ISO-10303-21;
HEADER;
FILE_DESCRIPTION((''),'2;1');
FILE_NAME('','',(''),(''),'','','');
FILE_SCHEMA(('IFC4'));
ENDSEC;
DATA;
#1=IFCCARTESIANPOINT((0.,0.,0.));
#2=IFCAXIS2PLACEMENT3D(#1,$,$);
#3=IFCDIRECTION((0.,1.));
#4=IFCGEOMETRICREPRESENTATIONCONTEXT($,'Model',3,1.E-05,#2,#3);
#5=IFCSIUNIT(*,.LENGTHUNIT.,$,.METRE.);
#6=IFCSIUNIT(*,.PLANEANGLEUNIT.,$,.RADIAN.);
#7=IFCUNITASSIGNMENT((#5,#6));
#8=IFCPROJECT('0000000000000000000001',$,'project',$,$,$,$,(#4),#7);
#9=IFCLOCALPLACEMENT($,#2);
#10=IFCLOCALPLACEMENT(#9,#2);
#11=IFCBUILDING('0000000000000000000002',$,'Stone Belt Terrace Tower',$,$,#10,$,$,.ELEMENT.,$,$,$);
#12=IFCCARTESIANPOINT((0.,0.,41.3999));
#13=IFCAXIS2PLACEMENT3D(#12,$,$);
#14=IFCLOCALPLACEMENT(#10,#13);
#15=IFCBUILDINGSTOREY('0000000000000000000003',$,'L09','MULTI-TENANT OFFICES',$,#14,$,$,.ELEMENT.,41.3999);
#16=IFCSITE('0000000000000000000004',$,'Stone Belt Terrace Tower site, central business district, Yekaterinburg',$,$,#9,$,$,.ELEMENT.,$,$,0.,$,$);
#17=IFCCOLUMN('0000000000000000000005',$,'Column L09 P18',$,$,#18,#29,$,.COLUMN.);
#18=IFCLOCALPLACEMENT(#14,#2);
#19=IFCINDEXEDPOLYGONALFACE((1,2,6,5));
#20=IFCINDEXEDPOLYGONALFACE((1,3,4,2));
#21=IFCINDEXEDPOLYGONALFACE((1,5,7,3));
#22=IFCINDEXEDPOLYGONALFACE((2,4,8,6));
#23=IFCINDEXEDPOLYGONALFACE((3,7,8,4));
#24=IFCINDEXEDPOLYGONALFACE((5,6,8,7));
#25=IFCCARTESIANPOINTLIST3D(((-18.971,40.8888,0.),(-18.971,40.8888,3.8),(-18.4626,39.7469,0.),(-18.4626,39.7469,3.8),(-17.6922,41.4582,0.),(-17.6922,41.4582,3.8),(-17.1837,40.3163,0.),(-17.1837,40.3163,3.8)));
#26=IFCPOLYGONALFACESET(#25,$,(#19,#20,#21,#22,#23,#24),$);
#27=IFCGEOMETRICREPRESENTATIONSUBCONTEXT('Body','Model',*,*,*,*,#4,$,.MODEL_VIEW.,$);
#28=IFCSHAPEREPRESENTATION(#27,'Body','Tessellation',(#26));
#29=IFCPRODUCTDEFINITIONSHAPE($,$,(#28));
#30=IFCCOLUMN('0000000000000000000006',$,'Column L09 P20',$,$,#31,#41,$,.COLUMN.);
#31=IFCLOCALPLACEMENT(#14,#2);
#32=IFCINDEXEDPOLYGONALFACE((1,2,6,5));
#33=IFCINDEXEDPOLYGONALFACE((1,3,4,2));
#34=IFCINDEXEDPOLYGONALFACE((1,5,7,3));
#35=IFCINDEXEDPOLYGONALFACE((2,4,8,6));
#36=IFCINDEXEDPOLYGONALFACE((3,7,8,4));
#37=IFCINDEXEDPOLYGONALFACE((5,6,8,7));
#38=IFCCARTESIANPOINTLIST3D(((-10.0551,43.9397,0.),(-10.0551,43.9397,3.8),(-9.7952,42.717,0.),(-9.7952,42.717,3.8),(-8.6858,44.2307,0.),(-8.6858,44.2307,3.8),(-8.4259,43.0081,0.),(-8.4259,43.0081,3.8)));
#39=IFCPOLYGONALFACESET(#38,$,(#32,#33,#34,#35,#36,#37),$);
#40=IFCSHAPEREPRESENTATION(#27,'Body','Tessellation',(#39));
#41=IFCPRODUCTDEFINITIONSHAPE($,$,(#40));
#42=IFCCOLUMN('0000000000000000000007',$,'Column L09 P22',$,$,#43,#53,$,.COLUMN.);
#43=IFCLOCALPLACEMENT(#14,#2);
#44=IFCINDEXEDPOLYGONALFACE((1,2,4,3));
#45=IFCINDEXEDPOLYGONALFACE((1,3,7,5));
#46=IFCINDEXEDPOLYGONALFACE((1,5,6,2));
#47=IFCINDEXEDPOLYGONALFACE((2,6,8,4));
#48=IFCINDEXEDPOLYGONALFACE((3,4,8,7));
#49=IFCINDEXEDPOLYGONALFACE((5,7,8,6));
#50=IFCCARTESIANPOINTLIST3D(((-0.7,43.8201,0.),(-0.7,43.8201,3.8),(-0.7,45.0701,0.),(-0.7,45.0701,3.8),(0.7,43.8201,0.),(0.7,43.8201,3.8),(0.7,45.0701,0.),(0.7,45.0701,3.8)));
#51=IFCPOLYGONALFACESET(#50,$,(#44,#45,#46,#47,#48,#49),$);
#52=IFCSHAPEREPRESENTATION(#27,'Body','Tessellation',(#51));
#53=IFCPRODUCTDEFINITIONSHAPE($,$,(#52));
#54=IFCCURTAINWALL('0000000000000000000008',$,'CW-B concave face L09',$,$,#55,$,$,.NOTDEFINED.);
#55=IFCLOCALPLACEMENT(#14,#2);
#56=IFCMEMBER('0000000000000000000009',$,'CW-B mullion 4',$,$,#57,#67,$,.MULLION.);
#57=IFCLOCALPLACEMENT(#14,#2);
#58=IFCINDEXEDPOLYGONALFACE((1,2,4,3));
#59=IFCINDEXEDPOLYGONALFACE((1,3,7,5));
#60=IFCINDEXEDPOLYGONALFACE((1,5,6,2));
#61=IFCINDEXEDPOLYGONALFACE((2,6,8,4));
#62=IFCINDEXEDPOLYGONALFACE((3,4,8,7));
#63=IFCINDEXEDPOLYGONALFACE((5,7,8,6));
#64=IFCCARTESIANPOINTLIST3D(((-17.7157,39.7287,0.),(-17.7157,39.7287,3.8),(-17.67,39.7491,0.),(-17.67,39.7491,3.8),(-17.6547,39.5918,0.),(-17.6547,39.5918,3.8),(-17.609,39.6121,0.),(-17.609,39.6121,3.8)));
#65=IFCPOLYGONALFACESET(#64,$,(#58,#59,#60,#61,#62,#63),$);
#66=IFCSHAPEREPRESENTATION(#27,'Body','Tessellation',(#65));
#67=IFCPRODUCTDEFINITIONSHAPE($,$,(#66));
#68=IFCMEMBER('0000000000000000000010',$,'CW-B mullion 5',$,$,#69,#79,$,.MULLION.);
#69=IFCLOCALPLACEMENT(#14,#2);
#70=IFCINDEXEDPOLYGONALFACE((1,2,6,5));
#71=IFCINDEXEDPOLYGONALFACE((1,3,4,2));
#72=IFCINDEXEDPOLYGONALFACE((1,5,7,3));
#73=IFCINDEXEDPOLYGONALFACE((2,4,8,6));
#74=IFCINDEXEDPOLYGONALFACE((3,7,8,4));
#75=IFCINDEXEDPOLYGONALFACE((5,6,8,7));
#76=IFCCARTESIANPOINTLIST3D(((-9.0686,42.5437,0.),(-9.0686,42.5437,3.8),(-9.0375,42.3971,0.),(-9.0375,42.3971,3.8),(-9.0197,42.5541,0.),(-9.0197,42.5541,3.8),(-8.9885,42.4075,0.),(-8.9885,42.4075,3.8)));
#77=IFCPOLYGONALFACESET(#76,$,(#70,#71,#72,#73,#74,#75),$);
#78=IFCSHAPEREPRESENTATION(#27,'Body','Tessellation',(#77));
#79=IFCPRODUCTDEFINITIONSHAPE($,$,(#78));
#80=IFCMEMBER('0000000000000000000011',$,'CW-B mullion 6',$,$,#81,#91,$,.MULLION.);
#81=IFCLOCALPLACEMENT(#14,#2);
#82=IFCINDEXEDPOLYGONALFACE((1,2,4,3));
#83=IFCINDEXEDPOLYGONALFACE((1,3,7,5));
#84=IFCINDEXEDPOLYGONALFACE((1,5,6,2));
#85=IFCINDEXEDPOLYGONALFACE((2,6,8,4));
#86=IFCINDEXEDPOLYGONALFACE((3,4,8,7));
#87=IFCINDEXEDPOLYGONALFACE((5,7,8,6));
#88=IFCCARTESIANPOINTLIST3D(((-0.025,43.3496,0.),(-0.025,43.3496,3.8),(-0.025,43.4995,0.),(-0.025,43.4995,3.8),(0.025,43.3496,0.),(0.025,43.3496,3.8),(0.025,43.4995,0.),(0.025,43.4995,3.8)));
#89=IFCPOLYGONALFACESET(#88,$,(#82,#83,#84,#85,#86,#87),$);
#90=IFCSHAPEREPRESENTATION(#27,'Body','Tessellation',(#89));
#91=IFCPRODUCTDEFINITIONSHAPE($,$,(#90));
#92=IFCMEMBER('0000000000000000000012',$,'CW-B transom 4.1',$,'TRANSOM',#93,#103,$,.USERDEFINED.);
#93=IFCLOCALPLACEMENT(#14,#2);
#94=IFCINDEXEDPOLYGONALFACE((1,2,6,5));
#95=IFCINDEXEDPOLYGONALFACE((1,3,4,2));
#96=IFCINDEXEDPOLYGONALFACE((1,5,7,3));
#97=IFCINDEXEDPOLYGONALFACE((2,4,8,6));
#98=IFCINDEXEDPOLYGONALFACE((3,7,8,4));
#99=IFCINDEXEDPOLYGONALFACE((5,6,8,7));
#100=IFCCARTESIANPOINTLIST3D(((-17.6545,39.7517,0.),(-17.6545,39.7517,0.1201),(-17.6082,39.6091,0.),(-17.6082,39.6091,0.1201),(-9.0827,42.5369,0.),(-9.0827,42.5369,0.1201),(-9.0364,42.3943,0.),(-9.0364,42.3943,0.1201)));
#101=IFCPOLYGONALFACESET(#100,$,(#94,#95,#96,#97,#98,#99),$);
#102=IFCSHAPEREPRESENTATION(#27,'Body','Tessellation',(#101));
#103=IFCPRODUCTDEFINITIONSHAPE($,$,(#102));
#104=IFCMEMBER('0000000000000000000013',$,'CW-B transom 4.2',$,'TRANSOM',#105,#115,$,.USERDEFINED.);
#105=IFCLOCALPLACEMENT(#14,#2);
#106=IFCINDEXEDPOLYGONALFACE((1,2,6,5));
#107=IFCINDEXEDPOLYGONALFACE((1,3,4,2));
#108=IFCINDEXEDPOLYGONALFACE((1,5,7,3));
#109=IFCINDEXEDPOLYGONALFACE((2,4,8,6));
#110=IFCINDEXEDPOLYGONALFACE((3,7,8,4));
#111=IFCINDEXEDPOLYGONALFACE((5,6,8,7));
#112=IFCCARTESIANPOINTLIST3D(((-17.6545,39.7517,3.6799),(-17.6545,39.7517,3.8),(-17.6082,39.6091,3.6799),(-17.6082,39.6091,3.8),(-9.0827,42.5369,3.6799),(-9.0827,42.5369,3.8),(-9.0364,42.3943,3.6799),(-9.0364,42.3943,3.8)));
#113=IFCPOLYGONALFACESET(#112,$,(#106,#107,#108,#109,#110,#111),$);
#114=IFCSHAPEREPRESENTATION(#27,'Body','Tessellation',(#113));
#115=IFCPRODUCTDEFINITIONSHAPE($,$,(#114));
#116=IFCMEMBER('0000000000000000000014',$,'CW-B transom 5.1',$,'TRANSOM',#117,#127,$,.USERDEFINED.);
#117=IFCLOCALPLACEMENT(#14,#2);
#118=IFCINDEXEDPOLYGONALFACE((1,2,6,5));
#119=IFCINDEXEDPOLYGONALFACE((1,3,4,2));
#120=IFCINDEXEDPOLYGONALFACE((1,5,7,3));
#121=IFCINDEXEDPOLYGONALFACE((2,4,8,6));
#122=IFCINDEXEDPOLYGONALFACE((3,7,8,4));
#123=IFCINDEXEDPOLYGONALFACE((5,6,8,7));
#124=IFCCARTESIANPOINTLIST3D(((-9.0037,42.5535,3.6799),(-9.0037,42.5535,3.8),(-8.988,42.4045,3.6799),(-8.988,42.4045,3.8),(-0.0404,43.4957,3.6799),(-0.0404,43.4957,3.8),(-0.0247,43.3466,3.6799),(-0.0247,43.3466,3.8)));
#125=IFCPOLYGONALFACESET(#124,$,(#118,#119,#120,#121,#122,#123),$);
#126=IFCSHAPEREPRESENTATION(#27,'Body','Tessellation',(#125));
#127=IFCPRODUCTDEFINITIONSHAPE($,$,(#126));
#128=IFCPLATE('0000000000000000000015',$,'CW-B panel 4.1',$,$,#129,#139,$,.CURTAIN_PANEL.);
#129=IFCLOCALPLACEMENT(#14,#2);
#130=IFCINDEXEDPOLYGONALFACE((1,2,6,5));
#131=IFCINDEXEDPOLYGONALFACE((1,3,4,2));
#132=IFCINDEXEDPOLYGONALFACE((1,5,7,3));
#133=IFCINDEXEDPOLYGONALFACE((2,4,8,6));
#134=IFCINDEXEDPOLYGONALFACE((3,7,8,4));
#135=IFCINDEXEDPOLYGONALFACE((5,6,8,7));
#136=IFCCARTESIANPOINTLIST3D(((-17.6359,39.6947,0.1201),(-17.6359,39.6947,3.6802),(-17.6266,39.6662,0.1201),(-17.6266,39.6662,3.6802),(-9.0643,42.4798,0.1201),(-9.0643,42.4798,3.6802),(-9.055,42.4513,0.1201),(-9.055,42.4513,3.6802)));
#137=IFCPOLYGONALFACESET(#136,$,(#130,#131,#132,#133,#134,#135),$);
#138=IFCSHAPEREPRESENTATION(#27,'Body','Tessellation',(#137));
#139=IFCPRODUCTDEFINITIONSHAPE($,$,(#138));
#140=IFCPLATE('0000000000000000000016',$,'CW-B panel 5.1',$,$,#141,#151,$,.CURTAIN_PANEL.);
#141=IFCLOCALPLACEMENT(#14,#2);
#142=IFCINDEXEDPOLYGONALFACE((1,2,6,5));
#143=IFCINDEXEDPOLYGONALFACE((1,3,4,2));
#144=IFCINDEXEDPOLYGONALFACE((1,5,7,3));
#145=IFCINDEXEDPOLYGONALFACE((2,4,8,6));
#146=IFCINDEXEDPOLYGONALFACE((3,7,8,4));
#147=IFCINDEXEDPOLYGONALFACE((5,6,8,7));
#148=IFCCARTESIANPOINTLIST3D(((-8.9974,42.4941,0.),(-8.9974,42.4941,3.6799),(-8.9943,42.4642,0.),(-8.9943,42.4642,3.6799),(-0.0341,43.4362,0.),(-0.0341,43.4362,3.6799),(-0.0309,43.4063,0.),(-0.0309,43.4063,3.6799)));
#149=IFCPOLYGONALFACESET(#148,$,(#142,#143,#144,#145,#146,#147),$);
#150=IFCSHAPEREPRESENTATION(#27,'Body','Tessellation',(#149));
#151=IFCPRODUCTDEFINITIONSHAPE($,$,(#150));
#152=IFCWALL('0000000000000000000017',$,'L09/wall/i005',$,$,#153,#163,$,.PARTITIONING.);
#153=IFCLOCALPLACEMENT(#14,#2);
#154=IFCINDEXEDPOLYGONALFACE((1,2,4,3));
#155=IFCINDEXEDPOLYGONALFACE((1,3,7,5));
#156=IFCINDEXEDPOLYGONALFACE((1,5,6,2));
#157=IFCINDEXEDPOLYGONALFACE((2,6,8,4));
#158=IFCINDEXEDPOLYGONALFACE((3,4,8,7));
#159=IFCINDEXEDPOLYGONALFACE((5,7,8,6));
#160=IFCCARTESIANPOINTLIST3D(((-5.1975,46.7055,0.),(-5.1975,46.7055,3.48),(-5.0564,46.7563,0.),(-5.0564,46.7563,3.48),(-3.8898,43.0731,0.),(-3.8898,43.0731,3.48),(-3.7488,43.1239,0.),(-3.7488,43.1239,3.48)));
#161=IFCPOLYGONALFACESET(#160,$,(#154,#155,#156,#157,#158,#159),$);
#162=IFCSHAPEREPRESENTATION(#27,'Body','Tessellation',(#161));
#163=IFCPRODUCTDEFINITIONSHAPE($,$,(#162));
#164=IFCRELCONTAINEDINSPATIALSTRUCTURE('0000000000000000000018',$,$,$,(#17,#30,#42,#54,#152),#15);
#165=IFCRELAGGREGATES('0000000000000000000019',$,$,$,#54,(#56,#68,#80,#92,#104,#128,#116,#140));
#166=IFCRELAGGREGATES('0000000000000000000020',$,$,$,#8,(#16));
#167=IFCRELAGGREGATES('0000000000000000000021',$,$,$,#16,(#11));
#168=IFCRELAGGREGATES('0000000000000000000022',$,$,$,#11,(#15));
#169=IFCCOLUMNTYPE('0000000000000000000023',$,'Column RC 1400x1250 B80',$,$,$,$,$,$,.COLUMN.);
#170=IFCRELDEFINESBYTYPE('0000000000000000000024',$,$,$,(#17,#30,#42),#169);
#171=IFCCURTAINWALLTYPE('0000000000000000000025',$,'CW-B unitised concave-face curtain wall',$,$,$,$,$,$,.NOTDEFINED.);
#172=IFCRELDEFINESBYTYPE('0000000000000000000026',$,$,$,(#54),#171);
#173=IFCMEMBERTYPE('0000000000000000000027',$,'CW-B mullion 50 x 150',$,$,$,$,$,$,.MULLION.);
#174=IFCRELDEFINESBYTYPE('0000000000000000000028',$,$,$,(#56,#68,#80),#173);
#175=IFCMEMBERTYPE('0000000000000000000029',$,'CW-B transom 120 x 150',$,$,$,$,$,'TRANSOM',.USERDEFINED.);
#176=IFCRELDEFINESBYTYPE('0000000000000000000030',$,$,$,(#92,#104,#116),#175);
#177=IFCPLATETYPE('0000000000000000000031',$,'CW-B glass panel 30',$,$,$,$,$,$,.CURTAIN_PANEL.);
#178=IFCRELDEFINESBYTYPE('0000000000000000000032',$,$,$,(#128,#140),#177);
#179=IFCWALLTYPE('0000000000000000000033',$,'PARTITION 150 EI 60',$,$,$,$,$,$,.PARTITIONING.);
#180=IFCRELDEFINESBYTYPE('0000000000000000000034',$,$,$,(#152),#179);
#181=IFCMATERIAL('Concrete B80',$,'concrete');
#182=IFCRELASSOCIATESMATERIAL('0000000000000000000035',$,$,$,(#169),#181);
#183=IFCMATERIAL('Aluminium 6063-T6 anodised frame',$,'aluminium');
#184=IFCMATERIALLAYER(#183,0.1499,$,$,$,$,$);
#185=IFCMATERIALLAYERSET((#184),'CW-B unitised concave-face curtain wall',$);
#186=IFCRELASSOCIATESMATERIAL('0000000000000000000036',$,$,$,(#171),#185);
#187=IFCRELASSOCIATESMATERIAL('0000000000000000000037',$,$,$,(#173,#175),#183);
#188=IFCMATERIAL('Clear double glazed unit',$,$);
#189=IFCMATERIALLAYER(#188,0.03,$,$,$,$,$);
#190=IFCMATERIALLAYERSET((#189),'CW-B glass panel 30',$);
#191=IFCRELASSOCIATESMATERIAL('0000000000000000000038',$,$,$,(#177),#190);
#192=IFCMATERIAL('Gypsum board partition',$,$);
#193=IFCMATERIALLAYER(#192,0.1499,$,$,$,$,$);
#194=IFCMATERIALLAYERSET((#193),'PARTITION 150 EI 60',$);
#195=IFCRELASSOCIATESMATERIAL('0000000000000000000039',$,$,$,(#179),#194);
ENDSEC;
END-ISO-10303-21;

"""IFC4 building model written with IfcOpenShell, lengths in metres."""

from ifc_helpers import new_model, si_unit, direction, frame, frame_2d, origin, origin_2d, place, context, subcontext, project, spatial, rectangle, extrude, material, layer, layer_set, material_profile, profile_set, type_object, element, aggregate, save


model = new_model("IFC4")

# Units and contexts
model_context = context("Model", 3, precision=1e-05, world=origin(), true_north=direction((0.0, 1.0)))
body_context = subcontext(model_context, "Body", "Model", "MODEL_VIEW")
ifc_project = project(units=[si_unit("LENGTHUNIT", "METRE"), si_unit("PLANEANGLEUNIT", "RADIAN")], contexts=[model_context])

# Site, building, storey
site_placement = place(None, origin())
site = spatial("IfcSite", under=ifc_project, at=site_placement, Name="Stone Belt Terrace Tower site, central business district, Yekaterinburg", CompositionType="ELEMENT", RefElevation=0.0)
building_placement = place(site_placement, origin())
building = spatial("IfcBuilding", under=site, at=building_placement, Name="Stone Belt Terrace Tower", CompositionType="ELEMENT")
storey_placement = place(building_placement, frame((0.0, 0.0, 41.3999)))
storey = spatial("IfcBuildingStorey", under=building, at=storey_placement, Name="L09", Description="MULTI-TENANT OFFICES", CompositionType="ELEMENT", Elevation=41.3999)

# Columns
ifc_material_1 = material(Name="Concrete B80", Category="concrete")
ifc_material_profile_1 = material_profile(ifc_material_1, rectangle(XDim=1.3999, YDim=1.25, at=origin_2d()), Name="RC 1400x1250")
ifc_profile_set_1 = profile_set([ifc_material_profile_1], Name="Concrete B80")
column_type = type_object("IfcColumnType", Name="Column RC 1400x1250 B80", PredefinedType="COLUMN", material=ifc_profile_set_1)
for number, where, z_axis, x_axis, name in (
    (1, (-18.0774, 40.6025, 0.0), (0.0, 0.0, 1.0), (0.913545, 0.406737, 0.0), "Column L09 P18"),
    (2, (-9.2405, 43.4739, 0.0), (0.0, 0.0, 1.0), (0.978148, 0.207912, 0.0), "Column L09 P20"),
    (3, (0.0, 44.4451, 0.0), (0.0, 0.0, 1.0), (1.0, 0.0, 0.0), "Column L09 P22"),
):
    element("IfcColumn", number, at=place(storey_placement, frame(where, z_axis=z_axis, x_axis=x_axis)), inside=storey, type_object=column_type, Name=name, PredefinedType="COLUMN", context=body_context, shape_type="SweptSolid", body=[
        extrude(rectangle(XDim=1.3999, YDim=1.25, at=origin_2d()), origin(), (0.0, 0.0, 1.0), 3.8),
    ])

# Curtain wall, members, plates
ifc_material_2 = material(Name="Aluminium 6063-T6 anodised frame", Category="aluminium")
ifc_layer_1 = layer(ifc_material_2, 0.1499)
ifc_layer_set_1 = layer_set([ifc_layer_1], Name="CW-B unitised concave-face curtain wall")
curtain_wall_type = type_object("IfcCurtainWallType", Name="CW-B unitised concave-face curtain wall", PredefinedType="NOTDEFINED", material=ifc_layer_set_1)
curtain_wall_placement = place(storey_placement, origin())
curtain_wall = element("IfcCurtainWall", 4, at=curtain_wall_placement, inside=storey, type_object=curtain_wall_type, Name="CW-B concave face L09", PredefinedType="NOTDEFINED")
ifc_material_profile_2 = material_profile(ifc_material_2, rectangle(XDim=0.1499, YDim=0.05, at=origin_2d()), Name="Aluminium 6063-T6 50x150")
ifc_profile_set_2 = profile_set([ifc_material_profile_2], Name="Aluminium 6063-T6 anodised frame")
member_type_1 = type_object("IfcMemberType", Name="CW-B mullion 50 x 150", PredefinedType="MULLION", material=ifc_profile_set_2)
member_1_placement = place(storey_placement, frame((-17.6624, 39.6704, 0.0), z_axis=(0.0, 0.0, 1.0), x_axis=(-0.406737, 0.913545, 0.0)))
member_1 = element("IfcMember", 5, at=member_1_placement, type_object=member_type_1, Name="CW-B mullion 4", PredefinedType="MULLION", context=body_context, shape_type="SweptSolid", body=[
    extrude(rectangle(XDim=0.1499, YDim=0.05, at=origin_2d()), origin(), (0.0, 0.0, 1.0), 3.8),
])
member_2_placement = place(storey_placement, frame((-9.0286, 42.4756, 0.0), z_axis=(0.0, 0.0, 1.0), x_axis=(-0.207912, 0.978148, 0.0)))
member_2 = element("IfcMember", 6, at=member_2_placement, type_object=member_type_1, Name="CW-B mullion 5", PredefinedType="MULLION", context=body_context, shape_type="SweptSolid", body=[
    extrude(rectangle(XDim=0.1499, YDim=0.05, at=origin_2d()), origin(), (0.0, 0.0, 1.0), 3.8),
])
member_3_placement = place(storey_placement, frame((0.0, 43.4246, 0.0), z_axis=(0.0, 0.0, 1.0), x_axis=(0.0, 1.0, 0.0)))
member_3 = element("IfcMember", 7, at=member_3_placement, type_object=member_type_1, Name="CW-B mullion 6", PredefinedType="MULLION", context=body_context, shape_type="SweptSolid", body=[
    extrude(rectangle(XDim=0.1499, YDim=0.05, at=origin_2d()), origin(), (0.0, 0.0, 1.0), 3.8),
])
ifc_material_profile_3 = material_profile(ifc_material_2, rectangle(XDim=0.1499, YDim=0.1201, at=origin_2d()), Name="Aluminium 6063-T6 150x120")
ifc_profile_set_3 = profile_set([ifc_material_profile_3], Name="Aluminium 6063-T6 anodised frame")
member_type_2 = type_object("IfcMemberType", Name="CW-B transom 120 x 150", ElementType="TRANSOM", PredefinedType="USERDEFINED", material=ifc_profile_set_3)
member_4_placement = place(storey_placement, frame((-17.6313, 39.6804, 0.0601), z_axis=(0.951056, 0.309019, 0.0), x_axis=(-0.309019, 0.951056, 0.0)))
member_4 = element("IfcMember", 8, at=member_4_placement, type_object=member_type_2, Name="CW-B transom 4.1", ObjectType="TRANSOM", PredefinedType="USERDEFINED", context=body_context, shape_type="SweptSolid", body=[
    extrude(rectangle(XDim=0.1499, YDim=0.1201, at=origin_2d()), origin(), (0.0, 0.0, 1.0), 9.0129),
])
member_5_placement = place(storey_placement, frame((-17.6313, 39.6804, 3.74), z_axis=(0.951056, 0.309019, 0.0), x_axis=(-0.309019, 0.951056, 0.0)))
member_5 = element("IfcMember", 9, at=member_5_placement, type_object=member_type_2, Name="CW-B transom 4.2", ObjectType="TRANSOM", PredefinedType="USERDEFINED", context=body_context, shape_type="SweptSolid", body=[
    extrude(rectangle(XDim=0.1499, YDim=0.1201, at=origin_2d()), origin(), (0.0, 0.0, 1.0), 9.0129),
])
member_6_placement = place(storey_placement, frame((-8.9958, 42.479, 3.74), z_axis=(0.994521, 0.104534, 0.0), x_axis=(-0.104534, 0.994521, 0.0)))
member_6 = element("IfcMember", 10, at=member_6_placement, type_object=member_type_2, Name="CW-B transom 5.1", ObjectType="TRANSOM", PredefinedType="USERDEFINED", context=body_context, shape_type="SweptSolid", body=[
    extrude(rectangle(XDim=0.1499, YDim=0.1201, at=origin_2d()), origin(), (0.0, 0.0, 1.0), 9.0127),
])
ifc_material_3 = material(Name="Clear double glazed unit")
ifc_layer_2 = layer(ifc_material_3, 0.03)
ifc_layer_set_2 = layer_set([ifc_layer_2], Name="CW-B glass panel 30")
plate_type = type_object("IfcPlateType", Name="CW-B glass panel 30", PredefinedType="CURTAIN_PANEL", material=ifc_layer_set_2)
plate_1_placement = place(storey_placement, frame((-13.3455, 41.073, 0.1201), z_axis=(0.0, 0.0, 1.0), x_axis=(0.951057, 0.309017, 0.0)))
plate_1 = element("IfcPlate", 11, at=plate_1_placement, type_object=plate_type, Name="CW-B panel 4.1", PredefinedType="CURTAIN_PANEL", context=body_context, shape_type="SweptSolid", body=[
    extrude(rectangle(XDim=9.0127, YDim=0.03, at=origin_2d()), origin(), (0.0, 0.0, 1.0), 3.5601),
])
plate_2_placement = place(storey_placement, frame((-4.5142, 42.9502, 0.0), z_axis=(0.0, 0.0, 1.0), x_axis=(0.994522, 0.104528, 0.0)))
plate_2 = element("IfcPlate", 12, at=plate_2_placement, type_object=plate_type, Name="CW-B panel 5.1", PredefinedType="CURTAIN_PANEL", context=body_context, shape_type="SweptSolid", body=[
    extrude(rectangle(XDim=9.0127, YDim=0.03, at=origin_2d()), origin(), (0.0, 0.0, 1.0), 3.6799),
])
aggregate(curtain_wall, [member_1, member_2, member_3, member_4, member_5, plate_1, member_6, plate_2])

# Wall
ifc_material_4 = material(Name="Gypsum board partition")
ifc_layer_3 = layer(ifc_material_4, 0.1499)
ifc_layer_set_3 = layer_set([ifc_layer_3], Name="PARTITION 150 EI 60")
wall_type_1 = type_object("IfcWallType", Name="PARTITION 150 EI 60", PredefinedType="PARTITIONING", material=ifc_layer_set_3)
wall_1_placement = place(storey_placement, frame((-3.8193, 43.0986, 0.0), z_axis=(0.0, 0.0, 1.0), x_axis=(-0.338715, 0.940889, 0.0)))
element("IfcWall", 13, at=wall_1_placement, inside=storey, type_object=wall_type_1, Name="L09/wall/i005", PredefinedType="PARTITIONING", context=body_context, shape_type="SweptSolid", body=[
    extrude(rectangle(XDim=3.8606, YDim=0.1499, at=frame_2d((1.9302, 0.0))), origin(), (0.0, 0.0, 1.0), 3.48),
])

save(model, "model.ifc")
